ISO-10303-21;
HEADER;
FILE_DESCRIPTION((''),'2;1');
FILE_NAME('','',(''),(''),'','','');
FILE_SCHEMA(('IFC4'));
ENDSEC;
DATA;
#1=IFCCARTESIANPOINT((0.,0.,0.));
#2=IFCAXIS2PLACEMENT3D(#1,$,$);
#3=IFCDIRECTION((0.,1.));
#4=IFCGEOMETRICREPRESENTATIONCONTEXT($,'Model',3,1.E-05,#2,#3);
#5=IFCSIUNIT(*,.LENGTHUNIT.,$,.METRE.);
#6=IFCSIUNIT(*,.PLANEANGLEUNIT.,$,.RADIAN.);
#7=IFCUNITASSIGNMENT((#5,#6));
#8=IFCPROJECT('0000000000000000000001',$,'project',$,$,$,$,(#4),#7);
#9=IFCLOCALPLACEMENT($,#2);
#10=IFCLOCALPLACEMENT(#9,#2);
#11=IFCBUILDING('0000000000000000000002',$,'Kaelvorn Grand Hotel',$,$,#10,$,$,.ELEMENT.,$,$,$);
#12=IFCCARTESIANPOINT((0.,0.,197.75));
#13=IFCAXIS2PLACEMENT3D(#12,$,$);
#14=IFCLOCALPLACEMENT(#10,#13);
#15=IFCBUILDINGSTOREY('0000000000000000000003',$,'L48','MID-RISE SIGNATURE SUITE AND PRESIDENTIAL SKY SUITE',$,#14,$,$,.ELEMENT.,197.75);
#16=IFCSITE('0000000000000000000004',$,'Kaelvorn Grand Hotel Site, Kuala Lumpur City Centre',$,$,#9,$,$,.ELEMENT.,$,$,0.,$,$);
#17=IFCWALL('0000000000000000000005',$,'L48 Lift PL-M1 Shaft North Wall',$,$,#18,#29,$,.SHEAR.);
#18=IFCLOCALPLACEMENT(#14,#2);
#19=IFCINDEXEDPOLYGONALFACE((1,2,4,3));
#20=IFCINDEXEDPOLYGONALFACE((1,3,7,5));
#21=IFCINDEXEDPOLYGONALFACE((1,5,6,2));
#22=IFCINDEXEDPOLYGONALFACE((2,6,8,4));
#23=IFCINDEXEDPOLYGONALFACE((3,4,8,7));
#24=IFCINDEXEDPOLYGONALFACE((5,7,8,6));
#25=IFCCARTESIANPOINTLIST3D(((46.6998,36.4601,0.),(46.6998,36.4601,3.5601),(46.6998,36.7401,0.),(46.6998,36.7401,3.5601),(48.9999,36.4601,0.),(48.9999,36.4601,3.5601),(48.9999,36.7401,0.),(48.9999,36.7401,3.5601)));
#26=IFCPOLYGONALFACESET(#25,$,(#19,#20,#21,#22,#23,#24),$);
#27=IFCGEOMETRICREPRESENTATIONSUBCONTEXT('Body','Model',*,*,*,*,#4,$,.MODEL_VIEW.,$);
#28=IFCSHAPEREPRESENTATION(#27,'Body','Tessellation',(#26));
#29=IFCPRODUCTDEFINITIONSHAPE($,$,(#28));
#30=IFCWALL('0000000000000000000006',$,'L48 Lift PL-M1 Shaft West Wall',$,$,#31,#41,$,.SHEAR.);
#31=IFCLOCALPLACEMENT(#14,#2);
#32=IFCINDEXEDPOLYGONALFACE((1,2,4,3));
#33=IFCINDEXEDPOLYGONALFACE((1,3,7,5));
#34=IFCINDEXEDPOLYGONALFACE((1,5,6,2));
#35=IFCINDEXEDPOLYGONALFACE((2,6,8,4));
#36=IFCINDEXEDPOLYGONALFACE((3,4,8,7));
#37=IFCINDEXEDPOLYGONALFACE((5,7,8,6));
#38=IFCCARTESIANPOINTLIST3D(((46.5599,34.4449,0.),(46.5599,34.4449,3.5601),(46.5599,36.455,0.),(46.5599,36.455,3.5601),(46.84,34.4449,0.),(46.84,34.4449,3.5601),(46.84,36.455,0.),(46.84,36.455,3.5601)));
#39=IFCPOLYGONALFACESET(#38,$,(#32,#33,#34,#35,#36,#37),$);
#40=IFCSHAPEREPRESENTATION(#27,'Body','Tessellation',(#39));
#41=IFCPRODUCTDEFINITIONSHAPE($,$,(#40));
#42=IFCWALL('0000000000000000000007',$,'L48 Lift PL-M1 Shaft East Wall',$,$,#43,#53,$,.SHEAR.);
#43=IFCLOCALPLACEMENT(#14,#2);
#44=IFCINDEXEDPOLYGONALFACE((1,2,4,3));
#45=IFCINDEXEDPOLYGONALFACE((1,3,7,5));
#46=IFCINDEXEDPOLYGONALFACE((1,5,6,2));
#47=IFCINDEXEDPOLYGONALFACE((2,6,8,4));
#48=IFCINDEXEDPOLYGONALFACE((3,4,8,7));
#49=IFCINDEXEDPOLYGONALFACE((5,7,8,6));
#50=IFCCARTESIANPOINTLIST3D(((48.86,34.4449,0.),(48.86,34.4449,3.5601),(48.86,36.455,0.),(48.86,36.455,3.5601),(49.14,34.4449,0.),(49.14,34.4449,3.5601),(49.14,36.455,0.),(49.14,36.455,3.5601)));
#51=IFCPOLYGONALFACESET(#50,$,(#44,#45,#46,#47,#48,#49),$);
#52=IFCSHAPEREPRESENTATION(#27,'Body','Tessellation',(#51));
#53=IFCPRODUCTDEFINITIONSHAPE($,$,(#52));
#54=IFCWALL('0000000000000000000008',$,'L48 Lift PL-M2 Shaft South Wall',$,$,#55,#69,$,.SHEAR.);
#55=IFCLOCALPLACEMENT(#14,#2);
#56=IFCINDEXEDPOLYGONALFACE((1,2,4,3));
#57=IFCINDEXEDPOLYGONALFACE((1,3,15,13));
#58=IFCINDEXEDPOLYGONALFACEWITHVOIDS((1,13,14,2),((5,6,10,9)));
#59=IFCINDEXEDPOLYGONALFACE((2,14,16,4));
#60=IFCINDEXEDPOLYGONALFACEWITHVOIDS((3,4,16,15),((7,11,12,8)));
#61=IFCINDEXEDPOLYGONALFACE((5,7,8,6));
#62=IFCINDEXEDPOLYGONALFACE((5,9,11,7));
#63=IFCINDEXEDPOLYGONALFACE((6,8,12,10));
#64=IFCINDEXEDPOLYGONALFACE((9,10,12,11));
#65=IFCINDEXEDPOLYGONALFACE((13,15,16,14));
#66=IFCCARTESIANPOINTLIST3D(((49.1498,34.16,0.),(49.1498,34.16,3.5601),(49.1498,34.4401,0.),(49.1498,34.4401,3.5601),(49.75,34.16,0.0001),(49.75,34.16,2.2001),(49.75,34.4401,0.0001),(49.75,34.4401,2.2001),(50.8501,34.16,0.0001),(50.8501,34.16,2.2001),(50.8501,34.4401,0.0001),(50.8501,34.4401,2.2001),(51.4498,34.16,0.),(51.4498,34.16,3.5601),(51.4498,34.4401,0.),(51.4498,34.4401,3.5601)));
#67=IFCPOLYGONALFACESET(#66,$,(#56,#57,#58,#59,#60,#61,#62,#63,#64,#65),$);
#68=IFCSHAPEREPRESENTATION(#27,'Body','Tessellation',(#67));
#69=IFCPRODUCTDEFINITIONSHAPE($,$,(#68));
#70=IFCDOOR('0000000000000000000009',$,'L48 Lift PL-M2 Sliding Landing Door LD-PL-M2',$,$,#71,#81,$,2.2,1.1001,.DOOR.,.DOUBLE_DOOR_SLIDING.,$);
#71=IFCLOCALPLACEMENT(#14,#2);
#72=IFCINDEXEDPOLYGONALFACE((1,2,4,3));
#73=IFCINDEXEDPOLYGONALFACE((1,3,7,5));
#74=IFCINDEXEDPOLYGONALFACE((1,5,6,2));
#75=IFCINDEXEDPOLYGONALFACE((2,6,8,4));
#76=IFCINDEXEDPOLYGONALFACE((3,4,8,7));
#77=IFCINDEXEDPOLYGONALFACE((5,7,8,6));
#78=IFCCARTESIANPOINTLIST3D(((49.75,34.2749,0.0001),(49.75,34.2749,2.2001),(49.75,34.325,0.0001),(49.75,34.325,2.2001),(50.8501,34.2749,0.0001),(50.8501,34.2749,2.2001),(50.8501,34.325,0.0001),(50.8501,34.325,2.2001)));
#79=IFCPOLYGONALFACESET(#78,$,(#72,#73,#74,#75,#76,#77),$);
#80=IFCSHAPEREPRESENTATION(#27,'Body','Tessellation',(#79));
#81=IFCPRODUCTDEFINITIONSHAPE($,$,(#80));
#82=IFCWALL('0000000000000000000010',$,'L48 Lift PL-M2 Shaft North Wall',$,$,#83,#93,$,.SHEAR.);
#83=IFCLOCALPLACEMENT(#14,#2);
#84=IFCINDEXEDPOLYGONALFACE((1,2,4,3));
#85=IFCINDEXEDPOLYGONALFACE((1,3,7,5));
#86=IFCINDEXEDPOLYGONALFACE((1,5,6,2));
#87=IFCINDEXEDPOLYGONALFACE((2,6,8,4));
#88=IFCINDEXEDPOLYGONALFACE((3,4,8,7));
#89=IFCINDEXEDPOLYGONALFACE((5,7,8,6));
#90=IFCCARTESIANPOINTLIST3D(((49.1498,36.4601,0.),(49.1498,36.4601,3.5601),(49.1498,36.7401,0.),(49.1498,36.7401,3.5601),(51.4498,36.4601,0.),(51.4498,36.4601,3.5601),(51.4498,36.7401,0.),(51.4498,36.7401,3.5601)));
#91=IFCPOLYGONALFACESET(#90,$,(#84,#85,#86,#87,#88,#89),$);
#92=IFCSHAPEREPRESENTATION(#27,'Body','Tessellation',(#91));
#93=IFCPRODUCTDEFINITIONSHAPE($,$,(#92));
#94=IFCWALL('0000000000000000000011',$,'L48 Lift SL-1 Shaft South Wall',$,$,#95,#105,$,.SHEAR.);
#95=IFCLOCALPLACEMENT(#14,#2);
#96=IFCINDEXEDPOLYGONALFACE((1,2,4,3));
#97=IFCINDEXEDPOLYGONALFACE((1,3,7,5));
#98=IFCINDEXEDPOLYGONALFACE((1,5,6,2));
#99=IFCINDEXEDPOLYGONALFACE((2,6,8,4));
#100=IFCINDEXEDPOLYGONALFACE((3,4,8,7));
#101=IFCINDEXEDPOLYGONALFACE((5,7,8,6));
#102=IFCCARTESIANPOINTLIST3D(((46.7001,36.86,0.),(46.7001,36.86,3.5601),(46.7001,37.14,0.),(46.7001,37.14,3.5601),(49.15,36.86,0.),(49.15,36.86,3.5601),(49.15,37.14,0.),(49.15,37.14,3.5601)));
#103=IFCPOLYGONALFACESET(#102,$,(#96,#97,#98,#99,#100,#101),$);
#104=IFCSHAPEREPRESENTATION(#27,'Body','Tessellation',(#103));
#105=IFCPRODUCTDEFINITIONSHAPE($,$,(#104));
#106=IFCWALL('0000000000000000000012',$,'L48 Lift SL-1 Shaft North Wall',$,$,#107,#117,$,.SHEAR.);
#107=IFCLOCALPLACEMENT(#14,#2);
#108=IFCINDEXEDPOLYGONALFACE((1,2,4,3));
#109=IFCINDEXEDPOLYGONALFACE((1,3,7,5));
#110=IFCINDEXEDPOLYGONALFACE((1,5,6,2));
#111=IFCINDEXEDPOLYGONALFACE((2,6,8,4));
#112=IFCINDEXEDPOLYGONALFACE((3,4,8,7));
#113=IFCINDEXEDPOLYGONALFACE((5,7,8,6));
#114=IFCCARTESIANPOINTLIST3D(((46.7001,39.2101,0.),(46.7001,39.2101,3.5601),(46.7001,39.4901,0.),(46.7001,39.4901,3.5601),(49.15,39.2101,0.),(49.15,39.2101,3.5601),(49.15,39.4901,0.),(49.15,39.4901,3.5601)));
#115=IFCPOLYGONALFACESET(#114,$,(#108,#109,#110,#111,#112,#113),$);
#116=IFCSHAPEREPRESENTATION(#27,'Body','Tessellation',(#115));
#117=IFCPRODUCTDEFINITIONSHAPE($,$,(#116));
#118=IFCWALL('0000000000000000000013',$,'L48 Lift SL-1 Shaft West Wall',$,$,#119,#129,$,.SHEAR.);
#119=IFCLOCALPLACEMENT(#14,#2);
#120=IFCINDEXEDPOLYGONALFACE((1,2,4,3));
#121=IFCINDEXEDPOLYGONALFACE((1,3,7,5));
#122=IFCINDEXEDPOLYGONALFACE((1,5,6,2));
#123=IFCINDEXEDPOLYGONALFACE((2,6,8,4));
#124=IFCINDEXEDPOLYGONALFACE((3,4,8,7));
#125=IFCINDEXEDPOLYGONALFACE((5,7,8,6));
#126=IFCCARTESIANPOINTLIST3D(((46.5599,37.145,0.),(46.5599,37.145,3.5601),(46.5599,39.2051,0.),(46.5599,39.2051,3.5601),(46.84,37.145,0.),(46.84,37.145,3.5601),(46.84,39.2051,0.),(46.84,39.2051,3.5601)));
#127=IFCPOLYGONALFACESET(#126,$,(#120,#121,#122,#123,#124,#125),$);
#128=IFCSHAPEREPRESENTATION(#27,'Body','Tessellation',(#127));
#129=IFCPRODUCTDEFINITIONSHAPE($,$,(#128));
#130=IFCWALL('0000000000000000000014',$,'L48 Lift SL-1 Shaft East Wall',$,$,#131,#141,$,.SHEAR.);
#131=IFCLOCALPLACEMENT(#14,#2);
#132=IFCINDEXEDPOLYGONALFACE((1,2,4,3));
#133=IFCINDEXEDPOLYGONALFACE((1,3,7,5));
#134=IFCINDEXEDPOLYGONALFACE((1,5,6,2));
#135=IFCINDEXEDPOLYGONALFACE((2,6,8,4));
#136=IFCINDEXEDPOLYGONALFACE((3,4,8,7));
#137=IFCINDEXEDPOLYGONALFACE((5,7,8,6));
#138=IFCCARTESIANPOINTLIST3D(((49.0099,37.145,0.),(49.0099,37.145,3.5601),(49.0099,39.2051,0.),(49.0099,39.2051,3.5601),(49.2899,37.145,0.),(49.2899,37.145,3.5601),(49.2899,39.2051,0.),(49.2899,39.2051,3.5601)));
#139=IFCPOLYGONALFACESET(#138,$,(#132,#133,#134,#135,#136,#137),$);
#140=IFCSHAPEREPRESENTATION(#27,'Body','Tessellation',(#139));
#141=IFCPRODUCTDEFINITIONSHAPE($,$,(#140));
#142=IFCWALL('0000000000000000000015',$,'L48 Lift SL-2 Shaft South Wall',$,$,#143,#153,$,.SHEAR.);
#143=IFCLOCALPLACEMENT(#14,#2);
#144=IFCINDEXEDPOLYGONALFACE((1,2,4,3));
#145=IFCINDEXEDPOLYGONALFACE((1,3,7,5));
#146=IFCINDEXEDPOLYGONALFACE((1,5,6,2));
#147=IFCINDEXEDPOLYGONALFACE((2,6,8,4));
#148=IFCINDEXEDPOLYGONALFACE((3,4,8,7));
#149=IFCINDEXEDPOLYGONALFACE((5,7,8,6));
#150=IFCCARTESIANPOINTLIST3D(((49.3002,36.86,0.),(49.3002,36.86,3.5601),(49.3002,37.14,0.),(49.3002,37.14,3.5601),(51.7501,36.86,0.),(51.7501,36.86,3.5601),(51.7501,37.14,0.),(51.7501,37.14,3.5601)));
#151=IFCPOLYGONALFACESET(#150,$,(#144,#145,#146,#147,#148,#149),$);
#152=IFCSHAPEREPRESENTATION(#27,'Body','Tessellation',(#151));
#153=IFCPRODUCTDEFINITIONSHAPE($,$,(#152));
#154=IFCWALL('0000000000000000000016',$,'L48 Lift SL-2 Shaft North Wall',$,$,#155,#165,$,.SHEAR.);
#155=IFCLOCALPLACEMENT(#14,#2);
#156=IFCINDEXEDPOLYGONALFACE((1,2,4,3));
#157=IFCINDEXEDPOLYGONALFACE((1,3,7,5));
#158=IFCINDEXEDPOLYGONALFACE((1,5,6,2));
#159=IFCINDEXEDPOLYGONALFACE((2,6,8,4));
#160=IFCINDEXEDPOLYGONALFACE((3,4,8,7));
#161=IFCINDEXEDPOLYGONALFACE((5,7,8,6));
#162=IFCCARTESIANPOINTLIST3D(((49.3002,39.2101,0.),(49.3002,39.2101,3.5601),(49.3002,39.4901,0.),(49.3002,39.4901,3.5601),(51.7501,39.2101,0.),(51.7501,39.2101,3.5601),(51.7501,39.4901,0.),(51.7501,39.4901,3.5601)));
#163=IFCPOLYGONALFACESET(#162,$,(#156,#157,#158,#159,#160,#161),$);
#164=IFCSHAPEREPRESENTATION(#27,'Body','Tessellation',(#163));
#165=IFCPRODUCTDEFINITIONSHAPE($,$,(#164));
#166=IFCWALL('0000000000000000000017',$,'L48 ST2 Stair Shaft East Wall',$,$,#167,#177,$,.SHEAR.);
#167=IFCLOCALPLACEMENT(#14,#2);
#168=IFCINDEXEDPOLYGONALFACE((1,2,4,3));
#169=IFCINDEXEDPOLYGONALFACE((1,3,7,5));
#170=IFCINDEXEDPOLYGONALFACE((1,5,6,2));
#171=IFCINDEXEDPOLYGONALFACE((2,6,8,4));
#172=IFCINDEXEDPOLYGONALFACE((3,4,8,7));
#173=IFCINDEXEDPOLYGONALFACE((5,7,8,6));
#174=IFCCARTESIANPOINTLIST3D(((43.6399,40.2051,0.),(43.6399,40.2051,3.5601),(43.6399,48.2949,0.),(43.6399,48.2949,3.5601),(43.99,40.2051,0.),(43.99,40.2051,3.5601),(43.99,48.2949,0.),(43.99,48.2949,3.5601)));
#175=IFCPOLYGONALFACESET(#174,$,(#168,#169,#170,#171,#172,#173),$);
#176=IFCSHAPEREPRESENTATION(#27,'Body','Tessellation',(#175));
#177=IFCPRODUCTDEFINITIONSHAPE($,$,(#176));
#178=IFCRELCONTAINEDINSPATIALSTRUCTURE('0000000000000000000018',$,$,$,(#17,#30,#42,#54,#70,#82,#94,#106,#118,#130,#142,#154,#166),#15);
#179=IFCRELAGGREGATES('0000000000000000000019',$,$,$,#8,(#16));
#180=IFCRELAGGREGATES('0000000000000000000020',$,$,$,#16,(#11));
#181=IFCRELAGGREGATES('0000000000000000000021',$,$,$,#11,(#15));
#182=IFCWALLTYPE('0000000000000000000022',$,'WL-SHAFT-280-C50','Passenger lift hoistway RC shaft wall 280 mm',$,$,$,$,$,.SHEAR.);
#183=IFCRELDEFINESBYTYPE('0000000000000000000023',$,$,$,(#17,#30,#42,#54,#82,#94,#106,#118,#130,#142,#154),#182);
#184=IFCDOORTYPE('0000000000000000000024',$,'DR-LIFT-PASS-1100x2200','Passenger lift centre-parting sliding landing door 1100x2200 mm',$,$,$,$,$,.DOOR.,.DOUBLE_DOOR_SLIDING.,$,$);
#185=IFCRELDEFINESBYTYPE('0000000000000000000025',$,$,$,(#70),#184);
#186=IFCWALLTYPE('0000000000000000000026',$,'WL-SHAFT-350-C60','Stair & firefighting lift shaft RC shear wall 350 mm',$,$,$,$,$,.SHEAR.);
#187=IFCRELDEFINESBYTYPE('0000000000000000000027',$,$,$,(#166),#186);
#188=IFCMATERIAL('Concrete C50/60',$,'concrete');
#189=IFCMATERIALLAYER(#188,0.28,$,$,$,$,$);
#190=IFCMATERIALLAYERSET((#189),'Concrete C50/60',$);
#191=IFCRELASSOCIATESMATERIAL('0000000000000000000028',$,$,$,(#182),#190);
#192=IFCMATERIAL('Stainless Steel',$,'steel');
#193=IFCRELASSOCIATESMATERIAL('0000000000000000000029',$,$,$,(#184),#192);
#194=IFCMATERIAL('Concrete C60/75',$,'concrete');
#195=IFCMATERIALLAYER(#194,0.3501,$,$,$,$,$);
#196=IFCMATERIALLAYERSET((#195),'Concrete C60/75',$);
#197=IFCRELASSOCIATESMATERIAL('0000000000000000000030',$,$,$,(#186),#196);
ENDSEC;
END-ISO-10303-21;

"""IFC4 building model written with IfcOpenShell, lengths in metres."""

from ifc_helpers import new_model, si_unit, direction, frame, frame_2d, origin, place, context, subcontext, project, spatial, rectangle, extrude, material, layer, layer_set, type_object, element, fill, save


model = new_model("IFC4")

# Units and contexts
model_context = context("Model", 3, precision=1e-05, world=origin(), true_north=direction((0.0, 1.0)))
body_context = subcontext(model_context, "Body", "Model", "MODEL_VIEW")
ifc_project = project(units=[si_unit("LENGTHUNIT", "METRE"), si_unit("PLANEANGLEUNIT", "RADIAN")], contexts=[model_context])

# Site, building, storey
site_placement = place(None, origin())
site = spatial("IfcSite", under=ifc_project, at=site_placement, Name="Kaelvorn Grand Hotel Site, Kuala Lumpur City Centre", CompositionType="ELEMENT", RefElevation=0.0)
building_placement = place(site_placement, origin())
building = spatial("IfcBuilding", under=site, at=building_placement, Name="Kaelvorn Grand Hotel", CompositionType="ELEMENT")
storey_placement = place(building_placement, frame((0.0, 0.0, 197.75)))
storey = spatial("IfcBuildingStorey", under=building, at=storey_placement, Name="L48", Description="MID-RISE SIGNATURE SUITE AND PRESIDENTIAL SKY SUITE", CompositionType="ELEMENT", Elevation=197.75)

# Shared definitions
ifc_material_1 = material(Name="Concrete C60/75", Category="concrete")

# Shared definitions
ifc_material_2 = material(Name="Concrete C50/60", Category="concrete")

# Shared definitions
ifc_layer_1 = layer(ifc_material_2, 0.28)
ifc_layer_set_1 = layer_set([ifc_layer_1], Name="Concrete C50/60")
wall_type_1 = type_object("IfcWallType", Name="WL-SHAFT-280-C50", Description="Passenger lift hoistway RC shaft wall 280 mm", PredefinedType="SHEAR", material=ifc_layer_set_1)
ifc_material_3 = material(Name="Stainless Steel", Category="steel")
door_type_1 = type_object("IfcDoorType", Name="DR-LIFT-PASS-1100x2200", Description="Passenger lift centre-parting sliding landing door 1100x2200 mm", OperationType="DOUBLE_DOOR_SLIDING", PredefinedType="DOOR", material=ifc_material_3)

# Walls
wall_1_placement = place(storey_placement, frame((46.7, 36.6001, 0.0), z_axis=(0.0, 0.0, 1.0), x_axis=(1.0, 0.0, 0.0)))
element("IfcWall", 1, at=wall_1_placement, inside=storey, type_object=wall_type_1, Name="L48 Lift PL-M1 Shaft North Wall", PredefinedType="SHEAR", context=body_context, shape_type="SweptSolid", body=[
    extrude(rectangle(XDim=2.3, YDim=0.28, at=frame_2d((1.1499, 0.0))), origin(), (0.0, 0.0, 1.0), 3.5601),
])
for number, where, z_axis, x_axis, name in (
    (2, (46.7, 34.4451, 0.0), (0.0, 0.0, 1.0), (0.0, 1.0, 0.0), "L48 Lift PL-M1 Shaft West Wall"),
    (3, (49.0, 34.4451, 0.0), (0.0, 0.0, 1.0), (0.0, 1.0, 0.0), "L48 Lift PL-M1 Shaft East Wall"),
):
    element("IfcWall", number, at=place(storey_placement, frame(where, z_axis=z_axis, x_axis=x_axis)), inside=storey, type_object=wall_type_1, Name=name, PredefinedType="SHEAR", context=body_context, shape_type="SweptSolid", body=[
        extrude(rectangle(XDim=2.01, YDim=0.28, at=frame_2d((1.0049, 0.0))), origin(), (0.0, 0.0, 1.0), 3.5601),
    ])

# Wall, opening, door
wall_2_placement = place(storey_placement, frame((49.1499, 34.3, 0.0), z_axis=(0.0, 0.0, 1.0), x_axis=(1.0, 0.0, 0.0)))
wall_2 = element("IfcWall", 4, at=wall_2_placement, inside=storey, type_object=wall_type_1, Name="L48 Lift PL-M2 Shaft South Wall", PredefinedType="SHEAR", context=body_context, shape_type="SweptSolid", body=[
    extrude(rectangle(XDim=2.3, YDim=0.28, at=frame_2d((1.1499, 0.0))), origin(), (0.0, 0.0, 1.0), 3.5601),
])
opening_1_placement = place(wall_2_placement, frame((0.6001, 0.0, 0.0)))
opening_1 = element("IfcOpeningElement", 5, at=opening_1_placement, cuts=wall_2, PredefinedType="OPENING", context=body_context, shape_type="SweptSolid", body=[
    extrude(rectangle(XDim=1.1001, YDim=2.2, at=frame_2d((0.55, 1.1001))), frame((0.0, 0.1499, 0.0), z_axis=(0.0, -1.0, 0.0), x_axis=(1.0, 0.0, 0.0)), (0.0, 0.0, 1.0), 0.3),
])
door_1_placement = place(opening_1_placement, origin())
door_1 = element("IfcDoor", 6, at=door_1_placement, inside=storey, type_object=door_type_1, Name="L48 Lift PL-M2 Sliding Landing Door LD-PL-M2", OperationType="DOUBLE_DOOR_SLIDING", OverallHeight=2.2, OverallWidth=1.1001, PredefinedType="DOOR", context=body_context, shape_type="SweptSolid", body=[
    extrude(rectangle(XDim=1.1001, YDim=2.2, at=frame_2d((0.55, 1.1001))), frame((0.0, 0.0249, 0.0), z_axis=(0.0, -1.0, 0.0), x_axis=(1.0, 0.0, 0.0)), (0.0, 0.0, 1.0), 0.05),
])
fill(opening_1, door_1)

# Walls
wall_3_placement = place(storey_placement, frame((49.1499, 36.6001, 0.0), z_axis=(0.0, 0.0, 1.0), x_axis=(1.0, 0.0, 0.0)))
element("IfcWall", 7, at=wall_3_placement, inside=storey, type_object=wall_type_1, Name="L48 Lift PL-M2 Shaft North Wall", PredefinedType="SHEAR", context=body_context, shape_type="SweptSolid", body=[
    extrude(rectangle(XDim=2.3, YDim=0.28, at=frame_2d((1.1499, 0.0))), origin(), (0.0, 0.0, 1.0), 3.5601),
])
for number, where, z_axis, x_axis, name in (
    (8, (46.7, 37.0, 0.0), (0.0, 0.0, 1.0), (1.0, 0.0, 0.0), "L48 Lift SL-1 Shaft South Wall"),
    (9, (46.7, 39.3501, 0.0), (0.0, 0.0, 1.0), (1.0, 0.0, 0.0), "L48 Lift SL-1 Shaft North Wall"),
):
    element("IfcWall", number, at=place(storey_placement, frame(where, z_axis=z_axis, x_axis=x_axis)), inside=storey, type_object=wall_type_1, Name=name, PredefinedType="SHEAR", context=body_context, shape_type="SweptSolid", body=[
        extrude(rectangle(XDim=2.45, YDim=0.28, at=frame_2d((1.2251, 0.0))), origin(), (0.0, 0.0, 1.0), 3.5601),
    ])
for number, where, z_axis, x_axis, name in (
    (10, (46.7, 37.145, 0.0), (0.0, 0.0, 1.0), (0.0, 1.0, 0.0), "L48 Lift SL-1 Shaft West Wall"),
    (11, (49.1499, 37.145, 0.0), (0.0, 0.0, 1.0), (0.0, 1.0, 0.0), "L48 Lift SL-1 Shaft East Wall"),
):
    element("IfcWall", number, at=place(storey_placement, frame(where, z_axis=z_axis, x_axis=x_axis)), inside=storey, type_object=wall_type_1, Name=name, PredefinedType="SHEAR", context=body_context, shape_type="SweptSolid", body=[
        extrude(rectangle(XDim=2.0601, YDim=0.28, at=frame_2d((1.03, 0.0))), origin(), (0.0, 0.0, 1.0), 3.5601),
    ])
for number, where, z_axis, x_axis, name in (
    (12, (49.3, 37.0, 0.0), (0.0, 0.0, 1.0), (1.0, 0.0, 0.0), "L48 Lift SL-2 Shaft South Wall"),
    (13, (49.3, 39.3501, 0.0), (0.0, 0.0, 1.0), (1.0, 0.0, 0.0), "L48 Lift SL-2 Shaft North Wall"),
):
    element("IfcWall", number, at=place(storey_placement, frame(where, z_axis=z_axis, x_axis=x_axis)), inside=storey, type_object=wall_type_1, Name=name, PredefinedType="SHEAR", context=body_context, shape_type="SweptSolid", body=[
        extrude(rectangle(XDim=2.45, YDim=0.28, at=frame_2d((1.2251, 0.0))), origin(), (0.0, 0.0, 1.0), 3.5601),
    ])
ifc_layer_2 = layer(ifc_material_1, 0.3501)
ifc_layer_set_2 = layer_set([ifc_layer_2], Name="Concrete C60/75")
wall_type_2 = type_object("IfcWallType", Name="WL-SHAFT-350-C60", Description="Stair & firefighting lift shaft RC shear wall 350 mm", PredefinedType="SHEAR", material=ifc_layer_set_2)
wall_4_placement = place(storey_placement, frame((43.8149, 40.2051, 0.0), z_axis=(0.0, 0.0, 1.0), x_axis=(0.0, 1.0, 0.0)))
element("IfcWall", 14, at=wall_4_placement, inside=storey, type_object=wall_type_2, Name="L48 ST2 Stair Shaft East Wall", PredefinedType="SHEAR", context=body_context, shape_type="SweptSolid", body=[
    extrude(rectangle(XDim=8.0898, YDim=0.3501, at=frame_2d((4.0449, 0.0))), origin(), (0.0, 0.0, 1.0), 3.5601),
])

save(model, "model.ifc")
